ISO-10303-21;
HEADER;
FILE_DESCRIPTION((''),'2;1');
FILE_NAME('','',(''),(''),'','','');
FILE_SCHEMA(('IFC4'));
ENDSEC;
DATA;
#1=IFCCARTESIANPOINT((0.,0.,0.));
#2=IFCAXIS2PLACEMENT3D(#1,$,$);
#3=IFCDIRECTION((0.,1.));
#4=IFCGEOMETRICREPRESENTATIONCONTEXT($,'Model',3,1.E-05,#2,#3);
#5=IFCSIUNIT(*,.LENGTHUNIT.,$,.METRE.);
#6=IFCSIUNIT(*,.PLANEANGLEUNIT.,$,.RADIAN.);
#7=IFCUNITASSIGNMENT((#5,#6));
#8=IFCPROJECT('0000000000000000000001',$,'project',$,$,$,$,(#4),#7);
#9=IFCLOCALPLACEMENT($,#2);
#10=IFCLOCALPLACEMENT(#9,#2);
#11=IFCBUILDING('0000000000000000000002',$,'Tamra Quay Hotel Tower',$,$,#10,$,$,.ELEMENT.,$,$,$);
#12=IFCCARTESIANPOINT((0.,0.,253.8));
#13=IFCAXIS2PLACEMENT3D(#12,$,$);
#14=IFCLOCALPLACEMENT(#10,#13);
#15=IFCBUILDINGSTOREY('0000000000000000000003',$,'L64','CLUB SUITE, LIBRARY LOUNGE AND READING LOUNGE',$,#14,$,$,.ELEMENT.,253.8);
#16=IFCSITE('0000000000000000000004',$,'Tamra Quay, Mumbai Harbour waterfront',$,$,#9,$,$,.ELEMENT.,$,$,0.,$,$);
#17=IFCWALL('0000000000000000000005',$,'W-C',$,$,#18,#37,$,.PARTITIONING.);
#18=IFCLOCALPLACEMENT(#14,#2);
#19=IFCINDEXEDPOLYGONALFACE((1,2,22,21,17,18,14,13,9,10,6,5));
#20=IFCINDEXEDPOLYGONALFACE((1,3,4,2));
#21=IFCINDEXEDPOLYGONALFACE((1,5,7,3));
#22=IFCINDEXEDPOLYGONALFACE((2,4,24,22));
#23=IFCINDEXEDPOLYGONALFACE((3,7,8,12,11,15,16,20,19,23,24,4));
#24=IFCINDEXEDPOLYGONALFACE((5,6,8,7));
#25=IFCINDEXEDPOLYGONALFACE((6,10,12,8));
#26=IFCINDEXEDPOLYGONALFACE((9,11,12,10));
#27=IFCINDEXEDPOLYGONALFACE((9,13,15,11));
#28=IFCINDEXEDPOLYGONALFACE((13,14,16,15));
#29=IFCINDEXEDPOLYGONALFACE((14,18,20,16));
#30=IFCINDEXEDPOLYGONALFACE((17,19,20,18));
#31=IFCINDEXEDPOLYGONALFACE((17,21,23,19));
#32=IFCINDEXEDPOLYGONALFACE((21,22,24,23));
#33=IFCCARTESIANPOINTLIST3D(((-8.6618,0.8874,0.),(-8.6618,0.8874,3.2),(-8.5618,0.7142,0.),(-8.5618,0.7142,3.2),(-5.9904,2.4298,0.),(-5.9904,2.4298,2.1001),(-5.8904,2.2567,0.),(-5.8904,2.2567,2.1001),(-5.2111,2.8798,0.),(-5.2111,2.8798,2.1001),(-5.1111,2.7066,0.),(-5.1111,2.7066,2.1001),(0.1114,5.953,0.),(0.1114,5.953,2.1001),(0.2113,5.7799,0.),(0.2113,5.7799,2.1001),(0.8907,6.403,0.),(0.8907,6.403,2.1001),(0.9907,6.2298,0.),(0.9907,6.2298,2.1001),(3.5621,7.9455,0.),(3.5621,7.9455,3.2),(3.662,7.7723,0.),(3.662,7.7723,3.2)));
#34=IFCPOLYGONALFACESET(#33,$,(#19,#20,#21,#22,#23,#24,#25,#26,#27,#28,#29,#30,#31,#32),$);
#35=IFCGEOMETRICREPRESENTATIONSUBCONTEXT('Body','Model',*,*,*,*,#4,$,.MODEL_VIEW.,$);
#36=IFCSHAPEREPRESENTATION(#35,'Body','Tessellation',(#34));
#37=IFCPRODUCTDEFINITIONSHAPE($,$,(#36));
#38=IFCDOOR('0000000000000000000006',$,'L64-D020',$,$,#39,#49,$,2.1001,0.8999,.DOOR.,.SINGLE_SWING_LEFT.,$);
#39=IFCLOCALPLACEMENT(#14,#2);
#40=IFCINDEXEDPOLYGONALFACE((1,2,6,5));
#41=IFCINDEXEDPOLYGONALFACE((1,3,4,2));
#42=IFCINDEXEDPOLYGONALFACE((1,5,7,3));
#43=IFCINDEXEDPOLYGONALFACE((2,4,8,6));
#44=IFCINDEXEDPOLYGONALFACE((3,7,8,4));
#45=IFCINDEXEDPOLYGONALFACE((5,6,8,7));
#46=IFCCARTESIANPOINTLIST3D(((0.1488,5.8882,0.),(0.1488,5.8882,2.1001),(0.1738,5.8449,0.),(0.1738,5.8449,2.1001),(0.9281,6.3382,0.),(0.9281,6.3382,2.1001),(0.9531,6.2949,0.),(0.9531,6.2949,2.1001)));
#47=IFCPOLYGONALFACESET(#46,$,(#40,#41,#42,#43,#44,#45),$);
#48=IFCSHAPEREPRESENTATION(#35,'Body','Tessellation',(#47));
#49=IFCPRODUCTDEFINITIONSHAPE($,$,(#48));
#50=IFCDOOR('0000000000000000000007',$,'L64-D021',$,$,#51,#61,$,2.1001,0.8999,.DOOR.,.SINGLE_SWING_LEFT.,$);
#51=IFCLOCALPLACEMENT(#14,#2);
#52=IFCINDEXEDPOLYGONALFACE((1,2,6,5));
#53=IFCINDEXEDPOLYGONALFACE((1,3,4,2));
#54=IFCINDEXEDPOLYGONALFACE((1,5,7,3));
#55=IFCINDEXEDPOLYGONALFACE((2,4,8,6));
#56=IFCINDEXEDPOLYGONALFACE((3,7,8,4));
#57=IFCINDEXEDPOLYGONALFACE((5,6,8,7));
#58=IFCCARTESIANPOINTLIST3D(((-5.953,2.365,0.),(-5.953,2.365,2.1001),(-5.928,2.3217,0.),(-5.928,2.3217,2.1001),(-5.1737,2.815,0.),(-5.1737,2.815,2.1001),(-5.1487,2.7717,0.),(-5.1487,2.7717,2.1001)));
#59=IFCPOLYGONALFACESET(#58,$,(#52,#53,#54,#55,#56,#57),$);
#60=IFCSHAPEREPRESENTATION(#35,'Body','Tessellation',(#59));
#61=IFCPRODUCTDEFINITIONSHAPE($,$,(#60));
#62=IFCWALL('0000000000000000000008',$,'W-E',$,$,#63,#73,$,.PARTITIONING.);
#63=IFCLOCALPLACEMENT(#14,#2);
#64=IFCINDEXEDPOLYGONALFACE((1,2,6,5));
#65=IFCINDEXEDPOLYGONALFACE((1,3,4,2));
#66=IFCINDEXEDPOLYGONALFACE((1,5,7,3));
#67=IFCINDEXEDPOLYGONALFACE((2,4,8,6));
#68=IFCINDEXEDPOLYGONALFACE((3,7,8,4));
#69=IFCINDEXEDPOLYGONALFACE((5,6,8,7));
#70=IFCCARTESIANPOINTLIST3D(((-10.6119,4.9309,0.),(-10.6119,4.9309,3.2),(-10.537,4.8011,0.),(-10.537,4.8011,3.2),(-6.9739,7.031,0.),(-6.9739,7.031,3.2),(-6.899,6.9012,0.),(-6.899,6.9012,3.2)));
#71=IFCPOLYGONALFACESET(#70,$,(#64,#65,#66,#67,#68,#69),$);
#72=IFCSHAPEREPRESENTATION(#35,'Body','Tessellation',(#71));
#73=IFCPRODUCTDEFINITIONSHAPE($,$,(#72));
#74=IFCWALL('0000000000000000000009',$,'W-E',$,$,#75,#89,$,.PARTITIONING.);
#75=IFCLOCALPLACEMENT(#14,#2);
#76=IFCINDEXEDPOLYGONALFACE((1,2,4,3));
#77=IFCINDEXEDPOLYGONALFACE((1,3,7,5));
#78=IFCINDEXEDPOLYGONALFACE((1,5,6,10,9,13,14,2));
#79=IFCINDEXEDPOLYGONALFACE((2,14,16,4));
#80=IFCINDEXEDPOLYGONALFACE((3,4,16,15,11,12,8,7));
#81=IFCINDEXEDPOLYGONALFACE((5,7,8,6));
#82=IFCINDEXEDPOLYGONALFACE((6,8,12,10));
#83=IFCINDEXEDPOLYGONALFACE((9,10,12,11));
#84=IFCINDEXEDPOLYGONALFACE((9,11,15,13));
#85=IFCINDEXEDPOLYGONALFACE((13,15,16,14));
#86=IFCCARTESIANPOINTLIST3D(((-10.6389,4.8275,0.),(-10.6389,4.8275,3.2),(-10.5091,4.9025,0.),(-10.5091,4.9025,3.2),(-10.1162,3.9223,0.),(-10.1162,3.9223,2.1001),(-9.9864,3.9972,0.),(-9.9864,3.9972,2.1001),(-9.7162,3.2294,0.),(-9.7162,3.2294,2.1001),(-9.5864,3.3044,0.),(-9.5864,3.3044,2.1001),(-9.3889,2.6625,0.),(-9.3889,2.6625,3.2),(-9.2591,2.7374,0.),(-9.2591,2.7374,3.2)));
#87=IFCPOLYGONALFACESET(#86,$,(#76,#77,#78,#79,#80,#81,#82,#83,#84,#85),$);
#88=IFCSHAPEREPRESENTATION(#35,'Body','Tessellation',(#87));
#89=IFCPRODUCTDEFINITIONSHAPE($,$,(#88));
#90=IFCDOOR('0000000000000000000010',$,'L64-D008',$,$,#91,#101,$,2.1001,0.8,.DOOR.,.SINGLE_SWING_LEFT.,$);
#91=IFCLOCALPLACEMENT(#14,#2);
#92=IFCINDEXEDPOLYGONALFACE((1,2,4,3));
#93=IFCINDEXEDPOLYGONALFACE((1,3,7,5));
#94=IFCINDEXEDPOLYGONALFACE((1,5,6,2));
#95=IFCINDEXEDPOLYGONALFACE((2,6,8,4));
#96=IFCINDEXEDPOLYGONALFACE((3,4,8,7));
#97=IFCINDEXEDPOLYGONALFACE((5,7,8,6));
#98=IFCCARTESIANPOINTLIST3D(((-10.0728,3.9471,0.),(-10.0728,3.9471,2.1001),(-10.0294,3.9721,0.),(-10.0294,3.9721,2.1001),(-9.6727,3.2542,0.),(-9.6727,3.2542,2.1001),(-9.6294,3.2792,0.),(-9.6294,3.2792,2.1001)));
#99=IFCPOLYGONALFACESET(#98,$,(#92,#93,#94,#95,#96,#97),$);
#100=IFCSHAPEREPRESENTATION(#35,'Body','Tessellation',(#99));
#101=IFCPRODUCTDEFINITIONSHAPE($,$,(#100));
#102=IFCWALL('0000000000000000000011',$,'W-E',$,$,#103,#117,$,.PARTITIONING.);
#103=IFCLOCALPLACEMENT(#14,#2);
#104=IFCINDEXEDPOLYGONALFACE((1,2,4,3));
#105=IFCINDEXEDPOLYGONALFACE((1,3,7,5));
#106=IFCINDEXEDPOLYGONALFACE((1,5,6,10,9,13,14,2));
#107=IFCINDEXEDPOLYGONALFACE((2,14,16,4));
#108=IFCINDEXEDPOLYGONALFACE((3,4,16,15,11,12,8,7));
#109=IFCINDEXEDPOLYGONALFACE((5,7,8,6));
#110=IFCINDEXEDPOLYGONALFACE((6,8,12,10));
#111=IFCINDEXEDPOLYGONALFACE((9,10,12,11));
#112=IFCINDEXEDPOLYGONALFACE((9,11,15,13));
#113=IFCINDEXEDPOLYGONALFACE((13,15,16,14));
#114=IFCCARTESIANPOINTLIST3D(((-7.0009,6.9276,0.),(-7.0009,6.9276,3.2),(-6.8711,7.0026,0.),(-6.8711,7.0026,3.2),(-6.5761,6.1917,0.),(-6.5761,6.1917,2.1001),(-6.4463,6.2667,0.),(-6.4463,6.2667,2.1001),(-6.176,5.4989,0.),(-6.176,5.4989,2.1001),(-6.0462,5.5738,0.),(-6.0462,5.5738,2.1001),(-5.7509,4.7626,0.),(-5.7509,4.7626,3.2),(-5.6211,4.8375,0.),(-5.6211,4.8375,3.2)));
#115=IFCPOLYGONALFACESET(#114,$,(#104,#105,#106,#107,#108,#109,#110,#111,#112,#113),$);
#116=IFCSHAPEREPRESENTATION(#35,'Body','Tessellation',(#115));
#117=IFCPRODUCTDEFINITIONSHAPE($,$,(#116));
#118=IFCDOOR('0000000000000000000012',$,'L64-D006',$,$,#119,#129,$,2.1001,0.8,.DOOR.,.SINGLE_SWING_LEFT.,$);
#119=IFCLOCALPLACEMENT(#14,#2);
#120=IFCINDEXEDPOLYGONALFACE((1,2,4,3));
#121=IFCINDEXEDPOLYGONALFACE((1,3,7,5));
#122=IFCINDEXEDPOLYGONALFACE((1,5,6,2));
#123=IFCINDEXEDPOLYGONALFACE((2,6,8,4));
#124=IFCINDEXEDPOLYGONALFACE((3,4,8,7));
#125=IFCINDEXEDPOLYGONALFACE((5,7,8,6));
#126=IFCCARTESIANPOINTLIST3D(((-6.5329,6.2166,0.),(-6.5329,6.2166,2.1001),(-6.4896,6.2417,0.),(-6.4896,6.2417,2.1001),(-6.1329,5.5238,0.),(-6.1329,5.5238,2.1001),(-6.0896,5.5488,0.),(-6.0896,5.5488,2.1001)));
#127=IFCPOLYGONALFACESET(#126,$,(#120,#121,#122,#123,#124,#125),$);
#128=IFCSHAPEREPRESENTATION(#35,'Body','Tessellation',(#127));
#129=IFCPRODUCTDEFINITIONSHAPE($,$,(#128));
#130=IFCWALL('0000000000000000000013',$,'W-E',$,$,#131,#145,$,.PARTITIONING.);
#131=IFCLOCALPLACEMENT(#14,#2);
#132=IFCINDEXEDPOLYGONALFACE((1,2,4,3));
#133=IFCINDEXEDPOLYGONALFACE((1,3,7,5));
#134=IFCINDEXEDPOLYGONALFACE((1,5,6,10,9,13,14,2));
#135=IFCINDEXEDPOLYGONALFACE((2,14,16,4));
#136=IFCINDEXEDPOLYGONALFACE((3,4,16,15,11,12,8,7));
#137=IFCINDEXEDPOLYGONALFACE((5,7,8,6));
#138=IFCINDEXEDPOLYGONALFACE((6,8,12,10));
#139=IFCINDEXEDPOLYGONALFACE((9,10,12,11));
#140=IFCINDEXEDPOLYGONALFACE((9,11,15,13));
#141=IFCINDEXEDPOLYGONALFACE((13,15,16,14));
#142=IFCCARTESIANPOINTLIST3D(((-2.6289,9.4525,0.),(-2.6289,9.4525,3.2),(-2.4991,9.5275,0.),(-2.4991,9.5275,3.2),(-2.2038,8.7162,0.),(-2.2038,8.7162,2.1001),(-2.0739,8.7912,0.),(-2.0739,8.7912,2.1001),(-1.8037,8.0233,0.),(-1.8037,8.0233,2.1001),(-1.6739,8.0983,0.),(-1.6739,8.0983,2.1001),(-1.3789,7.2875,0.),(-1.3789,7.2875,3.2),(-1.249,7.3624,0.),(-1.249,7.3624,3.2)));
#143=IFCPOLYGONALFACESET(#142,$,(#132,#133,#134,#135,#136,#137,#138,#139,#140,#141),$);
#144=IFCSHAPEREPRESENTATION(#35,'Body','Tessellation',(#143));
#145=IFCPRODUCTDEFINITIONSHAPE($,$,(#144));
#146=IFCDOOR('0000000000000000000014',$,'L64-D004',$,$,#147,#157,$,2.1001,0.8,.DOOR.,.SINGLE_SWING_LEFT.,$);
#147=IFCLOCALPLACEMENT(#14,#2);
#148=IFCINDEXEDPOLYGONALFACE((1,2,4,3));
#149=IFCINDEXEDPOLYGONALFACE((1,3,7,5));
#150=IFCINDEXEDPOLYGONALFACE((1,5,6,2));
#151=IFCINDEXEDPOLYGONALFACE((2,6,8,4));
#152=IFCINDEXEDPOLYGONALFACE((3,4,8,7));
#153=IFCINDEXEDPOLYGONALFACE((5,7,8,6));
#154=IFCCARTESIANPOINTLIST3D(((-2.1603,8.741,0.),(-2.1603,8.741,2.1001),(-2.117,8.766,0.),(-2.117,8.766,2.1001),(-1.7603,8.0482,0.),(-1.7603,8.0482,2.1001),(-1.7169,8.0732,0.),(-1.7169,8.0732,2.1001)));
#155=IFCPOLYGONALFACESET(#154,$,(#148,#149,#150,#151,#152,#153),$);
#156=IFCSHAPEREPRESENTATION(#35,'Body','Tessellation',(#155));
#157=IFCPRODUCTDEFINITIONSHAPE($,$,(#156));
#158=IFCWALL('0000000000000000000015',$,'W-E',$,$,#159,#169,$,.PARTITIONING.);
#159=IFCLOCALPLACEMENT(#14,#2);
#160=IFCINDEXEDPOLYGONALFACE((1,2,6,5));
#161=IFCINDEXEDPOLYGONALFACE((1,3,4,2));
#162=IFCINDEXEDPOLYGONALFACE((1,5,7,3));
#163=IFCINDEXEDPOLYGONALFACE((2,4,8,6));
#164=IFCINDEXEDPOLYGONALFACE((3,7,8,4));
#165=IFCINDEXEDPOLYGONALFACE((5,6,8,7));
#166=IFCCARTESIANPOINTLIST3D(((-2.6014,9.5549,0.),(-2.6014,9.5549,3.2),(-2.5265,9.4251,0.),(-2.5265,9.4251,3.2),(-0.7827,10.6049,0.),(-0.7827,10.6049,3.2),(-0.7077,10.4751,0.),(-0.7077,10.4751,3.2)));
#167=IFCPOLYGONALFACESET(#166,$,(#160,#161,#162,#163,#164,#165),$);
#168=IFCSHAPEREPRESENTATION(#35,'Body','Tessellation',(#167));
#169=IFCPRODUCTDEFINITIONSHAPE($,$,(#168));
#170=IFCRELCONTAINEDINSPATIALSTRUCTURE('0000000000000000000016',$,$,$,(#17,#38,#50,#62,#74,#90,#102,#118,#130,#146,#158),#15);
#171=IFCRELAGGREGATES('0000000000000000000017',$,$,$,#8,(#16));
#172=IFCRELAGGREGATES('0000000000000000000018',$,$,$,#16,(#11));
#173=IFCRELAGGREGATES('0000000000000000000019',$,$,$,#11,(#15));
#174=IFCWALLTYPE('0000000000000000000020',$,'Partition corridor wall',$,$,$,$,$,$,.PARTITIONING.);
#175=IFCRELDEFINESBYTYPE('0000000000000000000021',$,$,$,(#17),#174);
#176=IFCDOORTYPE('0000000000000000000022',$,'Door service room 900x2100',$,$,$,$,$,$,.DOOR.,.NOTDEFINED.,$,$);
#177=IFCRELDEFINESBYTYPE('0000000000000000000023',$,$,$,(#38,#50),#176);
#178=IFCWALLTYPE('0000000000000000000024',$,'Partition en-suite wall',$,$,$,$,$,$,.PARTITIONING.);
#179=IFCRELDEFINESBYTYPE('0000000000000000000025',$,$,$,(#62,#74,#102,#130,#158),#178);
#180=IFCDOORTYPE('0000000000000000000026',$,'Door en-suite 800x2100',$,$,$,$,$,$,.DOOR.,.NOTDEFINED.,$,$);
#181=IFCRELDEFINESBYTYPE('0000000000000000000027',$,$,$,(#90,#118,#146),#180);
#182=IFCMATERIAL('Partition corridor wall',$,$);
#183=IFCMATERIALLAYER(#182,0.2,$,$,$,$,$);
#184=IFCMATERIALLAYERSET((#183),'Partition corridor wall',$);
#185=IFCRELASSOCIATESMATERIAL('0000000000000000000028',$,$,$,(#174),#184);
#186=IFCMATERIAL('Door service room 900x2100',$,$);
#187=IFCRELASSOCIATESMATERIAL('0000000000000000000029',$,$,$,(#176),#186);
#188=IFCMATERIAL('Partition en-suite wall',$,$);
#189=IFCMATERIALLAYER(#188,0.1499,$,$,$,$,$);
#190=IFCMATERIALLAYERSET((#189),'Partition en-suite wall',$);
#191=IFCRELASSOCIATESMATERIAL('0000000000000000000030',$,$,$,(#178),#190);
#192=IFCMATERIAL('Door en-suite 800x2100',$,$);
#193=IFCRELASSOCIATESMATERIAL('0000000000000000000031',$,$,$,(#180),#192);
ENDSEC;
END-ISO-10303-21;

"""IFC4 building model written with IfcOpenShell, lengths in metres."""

from ifc_helpers import new_model, si_unit, direction, frame, frame_2d, origin, place, context, subcontext, project, spatial, rectangle, extrude, material, layer, layer_set, type_object, element, fill, save


model = new_model("IFC4")

# Units and contexts
model_context = context("Model", 3, precision=1e-05, world=origin(), true_north=direction((0.0, 1.0)))
body_context = subcontext(model_context, "Body", "Model", "MODEL_VIEW")
ifc_project = project(units=[si_unit("LENGTHUNIT", "METRE"), si_unit("PLANEANGLEUNIT", "RADIAN")], contexts=[model_context])

# Site, building, storey
site_placement = place(None, origin())
site = spatial("IfcSite", under=ifc_project, at=site_placement, Name="Tamra Quay, Mumbai Harbour waterfront", CompositionType="ELEMENT", RefElevation=0.0)
building_placement = place(site_placement, origin())
building = spatial("IfcBuilding", under=site, at=building_placement, Name="Tamra Quay Hotel Tower", CompositionType="ELEMENT")
storey_placement = place(building_placement, frame((0.0, 0.0, 253.8)))
storey = spatial("IfcBuildingStorey", under=building, at=storey_placement, Name="L64", Description="CLUB SUITE, LIBRARY LOUNGE AND READING LOUNGE", CompositionType="ELEMENT", Elevation=253.8)

# Wall, openings, doors
ifc_material_1 = material(Name="Partition corridor wall")
ifc_layer_1 = layer(ifc_material_1, 0.2)
ifc_layer_set_1 = layer_set([ifc_layer_1], Name="Partition corridor wall")
wall_type_1 = type_object("IfcWallType", Name="Partition corridor wall", PredefinedType="PARTITIONING", material=ifc_layer_set_1)
wall_1_placement = place(storey_placement, frame((-8.6118, 0.8008, 0.0), z_axis=(0.0, 0.0, 1.0), x_axis=(0.866006, 0.500034, 0.0)))
wall_1 = element("IfcWall", 1, at=wall_1_placement, inside=storey, type_object=wall_type_1, Name="W-C", PredefinedType="PARTITIONING", context=body_context, shape_type="SweptSolid", body=[
    extrude(rectangle(XDim=14.1152, YDim=0.2, at=frame_2d((7.0576, 0.0))), origin(), (0.0, 0.0, 1.0), 3.2),
])
opening_1_placement = place(wall_1_placement, frame((10.1306, 0.0, 0.0)))
opening_1 = element("IfcOpeningElement", 2, at=opening_1_placement, cuts=wall_1, PredefinedType="OPENING", context=body_context, shape_type="SweptSolid", body=[
    extrude(rectangle(XDim=0.8999, YDim=2.1001, at=frame_2d((0.45, 1.05))), frame((0.0, 0.1099, 0.0), z_axis=(0.0, -1.0, 0.0), x_axis=(1.0, 0.0, 0.0)), (0.0, 0.0, 1.0), 0.22),
])
opening_2_placement = place(wall_1_placement, frame((3.0847, 0.0, 0.0)))
opening_2 = element("IfcOpeningElement", 3, at=opening_2_placement, cuts=wall_1, PredefinedType="OPENING", context=body_context, shape_type="SweptSolid", body=[
    extrude(rectangle(XDim=0.8999, YDim=2.1001, at=frame_2d((0.45, 1.05))), frame((0.0, 0.1099, 0.0), z_axis=(0.0, -1.0, 0.0), x_axis=(1.0, 0.0, 0.0)), (0.0, 0.0, 1.0), 0.22),
])
ifc_material_2 = material(Name="Door service room 900x2100")
door_type_1 = type_object("IfcDoorType", Name="Door service room 900x2100", OperationType="NOTDEFINED", PredefinedType="DOOR", material=ifc_material_2)
door_1_placement = place(opening_1_placement, frame((0.8999, 0.0, 0.0), z_axis=(0.0, 0.0, 1.0), x_axis=(-1.0, 0.0, 0.0)))
door_1 = element("IfcDoor", 4, at=door_1_placement, inside=storey, type_object=door_type_1, Name="L64-D020", OperationType="SINGLE_SWING_LEFT", OverallHeight=2.1001, OverallWidth=0.8999, PredefinedType="DOOR", context=body_context, shape_type="SweptSolid", body=[
    extrude(rectangle(XDim=0.8999, YDim=2.1001, at=frame_2d((0.45, 1.05))), frame((0.0, 0.0249, 0.0), z_axis=(0.0, -1.0, 0.0), x_axis=(1.0, 0.0, 0.0)), (0.0, 0.0, 1.0), 0.05),
])
fill(opening_1, door_1)
door_2_placement = place(opening_2_placement, frame((0.8999, 0.0, 0.0), z_axis=(0.0, 0.0, 1.0), x_axis=(-1.0, 0.0, 0.0)))
door_2 = element("IfcDoor", 5, at=door_2_placement, inside=storey, type_object=door_type_1, Name="L64-D021", OperationType="SINGLE_SWING_LEFT", OverallHeight=2.1001, OverallWidth=0.8999, PredefinedType="DOOR", context=body_context, shape_type="SweptSolid", body=[
    extrude(rectangle(XDim=0.8999, YDim=2.1001, at=frame_2d((0.45, 1.05))), frame((0.0, 0.0249, 0.0), z_axis=(0.0, -1.0, 0.0), x_axis=(1.0, 0.0, 0.0)), (0.0, 0.0, 1.0), 0.05),
])
fill(opening_2, door_2)

# Wall
ifc_material_3 = material(Name="Partition en-suite wall")
ifc_layer_2 = layer(ifc_material_3, 0.1499)
ifc_layer_set_2 = layer_set([ifc_layer_2], Name="Partition en-suite wall")
wall_type_2 = type_object("IfcWallType", Name="Partition en-suite wall", PredefinedType="PARTITIONING", material=ifc_layer_set_2)
wall_2_placement = place(storey_placement, frame((-10.5745, 4.866, 0.0), z_axis=(0.0, 0.0, 1.0), x_axis=(0.866053, 0.499952, 0.0)))
element("IfcWall", 6, at=wall_2_placement, inside=storey, type_object=wall_type_2, Name="W-E", PredefinedType="PARTITIONING", context=body_context, shape_type="SweptSolid", body=[
    extrude(rectangle(XDim=4.2007, YDim=0.1499, at=frame_2d((2.1003, 0.0))), origin(), (0.0, 0.0, 1.0), 3.2),
])

# Walls, openings, doors
wall_3_placement = place(storey_placement, frame((-10.574, 4.865, 0.0), z_axis=(0.0, 0.0, 1.0), x_axis=(0.500004, -0.866023, 0.0)))
wall_3 = element("IfcWall", 7, at=wall_3_placement, inside=storey, type_object=wall_type_2, Name="W-E", PredefinedType="PARTITIONING", context=body_context, shape_type="SweptSolid", body=[
    extrude(rectangle(XDim=2.5, YDim=0.1499, at=frame_2d((1.25, 0.0))), origin(), (0.0, 0.0, 1.0), 3.2),
])
opening_3_placement = place(wall_3_placement, frame((1.0454, 0.0, 0.0)))
opening_3 = element("IfcOpeningElement", 8, at=opening_3_placement, cuts=wall_3, PredefinedType="OPENING", context=body_context, shape_type="SweptSolid", body=[
    extrude(rectangle(XDim=0.8, YDim=2.1001, at=frame_2d((0.3999, 1.05))), frame((0.0, 0.085, 0.0), z_axis=(0.0, -1.0, 0.0), x_axis=(1.0, 0.0, 0.0)), (0.0, 0.0, 1.0), 0.1699),
])
ifc_material_4 = material(Name="Door en-suite 800x2100")
door_type_2 = type_object("IfcDoorType", Name="Door en-suite 800x2100", OperationType="NOTDEFINED", PredefinedType="DOOR", material=ifc_material_4)
door_3_placement = place(opening_3_placement, frame((0.8, 0.0, 0.0), z_axis=(0.0, 0.0, 1.0), x_axis=(-1.0, 0.0, 0.0)))
door_3 = element("IfcDoor", 9, at=door_3_placement, inside=storey, type_object=door_type_2, Name="L64-D008", OperationType="SINGLE_SWING_LEFT", OverallHeight=2.1001, OverallWidth=0.8, PredefinedType="DOOR", context=body_context, shape_type="SweptSolid", body=[
    extrude(rectangle(XDim=0.8, YDim=2.1001, at=frame_2d((0.3999, 1.05))), frame((0.0, 0.0249, 0.0), z_axis=(0.0, -1.0, 0.0), x_axis=(1.0, 0.0, 0.0)), (0.0, 0.0, 1.0), 0.05),
])
fill(opening_3, door_3)
wall_4_placement = place(storey_placement, frame((-6.936, 6.9651, 0.0), z_axis=(0.0, 0.0, 1.0), x_axis=(0.500004, -0.866023, 0.0)))
wall_4 = element("IfcWall", 10, at=wall_4_placement, inside=storey, type_object=wall_type_2, Name="W-E", PredefinedType="PARTITIONING", context=body_context, shape_type="SweptSolid", body=[
    extrude(rectangle(XDim=2.5, YDim=0.1499, at=frame_2d((1.25, 0.0))), origin(), (0.0, 0.0, 1.0), 3.2),
])
opening_4_placement = place(wall_4_placement, frame((0.8499, 0.0, 0.0)))
opening_4 = element("IfcOpeningElement", 11, at=opening_4_placement, cuts=wall_4, PredefinedType="OPENING", context=body_context, shape_type="SweptSolid", body=[
    extrude(rectangle(XDim=0.8, YDim=2.1001, at=frame_2d((0.3999, 1.05))), frame((0.0, 0.085, 0.0), z_axis=(0.0, -1.0, 0.0), x_axis=(1.0, 0.0, 0.0)), (0.0, 0.0, 1.0), 0.1699),
])
door_4_placement = place(opening_4_placement, origin())
door_4 = element("IfcDoor", 12, at=door_4_placement, inside=storey, type_object=door_type_2, Name="L64-D006", OperationType="SINGLE_SWING_LEFT", OverallHeight=2.1001, OverallWidth=0.8, PredefinedType="DOOR", context=body_context, shape_type="SweptSolid", body=[
    extrude(rectangle(XDim=0.8, YDim=2.1001, at=frame_2d((0.3999, 1.05))), frame((0.0, 0.0249, 0.0), z_axis=(0.0, -1.0, 0.0), x_axis=(1.0, 0.0, 0.0)), (0.0, 0.0, 1.0), 0.05),
])
fill(opening_4, door_4)
wall_5_placement = place(storey_placement, frame((-2.564, 9.49, 0.0), z_axis=(0.0, 0.0, 1.0), x_axis=(0.500004, -0.866023, 0.0)))
wall_5 = element("IfcWall", 13, at=wall_5_placement, inside=storey, type_object=wall_type_2, Name="W-E", PredefinedType="PARTITIONING", context=body_context, shape_type="SweptSolid", body=[
    extrude(rectangle(XDim=2.5, YDim=0.1499, at=frame_2d((1.25, 0.0))), origin(), (0.0, 0.0, 1.0), 3.2),
])
opening_5_placement = place(wall_5_placement, frame((0.8503, 0.0, 0.0)))
opening_5 = element("IfcOpeningElement", 14, at=opening_5_placement, cuts=wall_5, PredefinedType="OPENING", context=body_context, shape_type="SweptSolid", body=[
    extrude(rectangle(XDim=0.8, YDim=2.1001, at=frame_2d((0.3999, 1.05))), frame((0.0, 0.085, 0.0), z_axis=(0.0, -1.0, 0.0), x_axis=(1.0, 0.0, 0.0)), (0.0, 0.0, 1.0), 0.1699),
])
door_5_placement = place(opening_5_placement, frame((0.8, 0.0, 0.0), z_axis=(0.0, 0.0, 1.0), x_axis=(-1.0, 0.0, 0.0)))
door_5 = element("IfcDoor", 15, at=door_5_placement, inside=storey, type_object=door_type_2, Name="L64-D004", OperationType="SINGLE_SWING_LEFT", OverallHeight=2.1001, OverallWidth=0.8, PredefinedType="DOOR", context=body_context, shape_type="SweptSolid", body=[
    extrude(rectangle(XDim=0.8, YDim=2.1001, at=frame_2d((0.3999, 1.05))), frame((0.0, 0.0249, 0.0), z_axis=(0.0, -1.0, 0.0), x_axis=(1.0, 0.0, 0.0)), (0.0, 0.0, 1.0), 0.05),
])
fill(opening_5, door_5)

# Wall
wall_6_placement = place(storey_placement, frame((-2.564, 9.49, 0.0), z_axis=(0.0, 0.0, 1.0), x_axis=(0.866038, 0.499977, 0.0)))
element("IfcWall", 16, at=wall_6_placement, inside=storey, type_object=wall_type_2, Name="W-E", PredefinedType="PARTITIONING", context=body_context, shape_type="SweptSolid", body=[
    extrude(rectangle(XDim=2.1001, YDim=0.1499, at=frame_2d((1.05, 0.0))), origin(), (0.0, 0.0, 1.0), 3.2),
])

save(model, "model.ifc")
